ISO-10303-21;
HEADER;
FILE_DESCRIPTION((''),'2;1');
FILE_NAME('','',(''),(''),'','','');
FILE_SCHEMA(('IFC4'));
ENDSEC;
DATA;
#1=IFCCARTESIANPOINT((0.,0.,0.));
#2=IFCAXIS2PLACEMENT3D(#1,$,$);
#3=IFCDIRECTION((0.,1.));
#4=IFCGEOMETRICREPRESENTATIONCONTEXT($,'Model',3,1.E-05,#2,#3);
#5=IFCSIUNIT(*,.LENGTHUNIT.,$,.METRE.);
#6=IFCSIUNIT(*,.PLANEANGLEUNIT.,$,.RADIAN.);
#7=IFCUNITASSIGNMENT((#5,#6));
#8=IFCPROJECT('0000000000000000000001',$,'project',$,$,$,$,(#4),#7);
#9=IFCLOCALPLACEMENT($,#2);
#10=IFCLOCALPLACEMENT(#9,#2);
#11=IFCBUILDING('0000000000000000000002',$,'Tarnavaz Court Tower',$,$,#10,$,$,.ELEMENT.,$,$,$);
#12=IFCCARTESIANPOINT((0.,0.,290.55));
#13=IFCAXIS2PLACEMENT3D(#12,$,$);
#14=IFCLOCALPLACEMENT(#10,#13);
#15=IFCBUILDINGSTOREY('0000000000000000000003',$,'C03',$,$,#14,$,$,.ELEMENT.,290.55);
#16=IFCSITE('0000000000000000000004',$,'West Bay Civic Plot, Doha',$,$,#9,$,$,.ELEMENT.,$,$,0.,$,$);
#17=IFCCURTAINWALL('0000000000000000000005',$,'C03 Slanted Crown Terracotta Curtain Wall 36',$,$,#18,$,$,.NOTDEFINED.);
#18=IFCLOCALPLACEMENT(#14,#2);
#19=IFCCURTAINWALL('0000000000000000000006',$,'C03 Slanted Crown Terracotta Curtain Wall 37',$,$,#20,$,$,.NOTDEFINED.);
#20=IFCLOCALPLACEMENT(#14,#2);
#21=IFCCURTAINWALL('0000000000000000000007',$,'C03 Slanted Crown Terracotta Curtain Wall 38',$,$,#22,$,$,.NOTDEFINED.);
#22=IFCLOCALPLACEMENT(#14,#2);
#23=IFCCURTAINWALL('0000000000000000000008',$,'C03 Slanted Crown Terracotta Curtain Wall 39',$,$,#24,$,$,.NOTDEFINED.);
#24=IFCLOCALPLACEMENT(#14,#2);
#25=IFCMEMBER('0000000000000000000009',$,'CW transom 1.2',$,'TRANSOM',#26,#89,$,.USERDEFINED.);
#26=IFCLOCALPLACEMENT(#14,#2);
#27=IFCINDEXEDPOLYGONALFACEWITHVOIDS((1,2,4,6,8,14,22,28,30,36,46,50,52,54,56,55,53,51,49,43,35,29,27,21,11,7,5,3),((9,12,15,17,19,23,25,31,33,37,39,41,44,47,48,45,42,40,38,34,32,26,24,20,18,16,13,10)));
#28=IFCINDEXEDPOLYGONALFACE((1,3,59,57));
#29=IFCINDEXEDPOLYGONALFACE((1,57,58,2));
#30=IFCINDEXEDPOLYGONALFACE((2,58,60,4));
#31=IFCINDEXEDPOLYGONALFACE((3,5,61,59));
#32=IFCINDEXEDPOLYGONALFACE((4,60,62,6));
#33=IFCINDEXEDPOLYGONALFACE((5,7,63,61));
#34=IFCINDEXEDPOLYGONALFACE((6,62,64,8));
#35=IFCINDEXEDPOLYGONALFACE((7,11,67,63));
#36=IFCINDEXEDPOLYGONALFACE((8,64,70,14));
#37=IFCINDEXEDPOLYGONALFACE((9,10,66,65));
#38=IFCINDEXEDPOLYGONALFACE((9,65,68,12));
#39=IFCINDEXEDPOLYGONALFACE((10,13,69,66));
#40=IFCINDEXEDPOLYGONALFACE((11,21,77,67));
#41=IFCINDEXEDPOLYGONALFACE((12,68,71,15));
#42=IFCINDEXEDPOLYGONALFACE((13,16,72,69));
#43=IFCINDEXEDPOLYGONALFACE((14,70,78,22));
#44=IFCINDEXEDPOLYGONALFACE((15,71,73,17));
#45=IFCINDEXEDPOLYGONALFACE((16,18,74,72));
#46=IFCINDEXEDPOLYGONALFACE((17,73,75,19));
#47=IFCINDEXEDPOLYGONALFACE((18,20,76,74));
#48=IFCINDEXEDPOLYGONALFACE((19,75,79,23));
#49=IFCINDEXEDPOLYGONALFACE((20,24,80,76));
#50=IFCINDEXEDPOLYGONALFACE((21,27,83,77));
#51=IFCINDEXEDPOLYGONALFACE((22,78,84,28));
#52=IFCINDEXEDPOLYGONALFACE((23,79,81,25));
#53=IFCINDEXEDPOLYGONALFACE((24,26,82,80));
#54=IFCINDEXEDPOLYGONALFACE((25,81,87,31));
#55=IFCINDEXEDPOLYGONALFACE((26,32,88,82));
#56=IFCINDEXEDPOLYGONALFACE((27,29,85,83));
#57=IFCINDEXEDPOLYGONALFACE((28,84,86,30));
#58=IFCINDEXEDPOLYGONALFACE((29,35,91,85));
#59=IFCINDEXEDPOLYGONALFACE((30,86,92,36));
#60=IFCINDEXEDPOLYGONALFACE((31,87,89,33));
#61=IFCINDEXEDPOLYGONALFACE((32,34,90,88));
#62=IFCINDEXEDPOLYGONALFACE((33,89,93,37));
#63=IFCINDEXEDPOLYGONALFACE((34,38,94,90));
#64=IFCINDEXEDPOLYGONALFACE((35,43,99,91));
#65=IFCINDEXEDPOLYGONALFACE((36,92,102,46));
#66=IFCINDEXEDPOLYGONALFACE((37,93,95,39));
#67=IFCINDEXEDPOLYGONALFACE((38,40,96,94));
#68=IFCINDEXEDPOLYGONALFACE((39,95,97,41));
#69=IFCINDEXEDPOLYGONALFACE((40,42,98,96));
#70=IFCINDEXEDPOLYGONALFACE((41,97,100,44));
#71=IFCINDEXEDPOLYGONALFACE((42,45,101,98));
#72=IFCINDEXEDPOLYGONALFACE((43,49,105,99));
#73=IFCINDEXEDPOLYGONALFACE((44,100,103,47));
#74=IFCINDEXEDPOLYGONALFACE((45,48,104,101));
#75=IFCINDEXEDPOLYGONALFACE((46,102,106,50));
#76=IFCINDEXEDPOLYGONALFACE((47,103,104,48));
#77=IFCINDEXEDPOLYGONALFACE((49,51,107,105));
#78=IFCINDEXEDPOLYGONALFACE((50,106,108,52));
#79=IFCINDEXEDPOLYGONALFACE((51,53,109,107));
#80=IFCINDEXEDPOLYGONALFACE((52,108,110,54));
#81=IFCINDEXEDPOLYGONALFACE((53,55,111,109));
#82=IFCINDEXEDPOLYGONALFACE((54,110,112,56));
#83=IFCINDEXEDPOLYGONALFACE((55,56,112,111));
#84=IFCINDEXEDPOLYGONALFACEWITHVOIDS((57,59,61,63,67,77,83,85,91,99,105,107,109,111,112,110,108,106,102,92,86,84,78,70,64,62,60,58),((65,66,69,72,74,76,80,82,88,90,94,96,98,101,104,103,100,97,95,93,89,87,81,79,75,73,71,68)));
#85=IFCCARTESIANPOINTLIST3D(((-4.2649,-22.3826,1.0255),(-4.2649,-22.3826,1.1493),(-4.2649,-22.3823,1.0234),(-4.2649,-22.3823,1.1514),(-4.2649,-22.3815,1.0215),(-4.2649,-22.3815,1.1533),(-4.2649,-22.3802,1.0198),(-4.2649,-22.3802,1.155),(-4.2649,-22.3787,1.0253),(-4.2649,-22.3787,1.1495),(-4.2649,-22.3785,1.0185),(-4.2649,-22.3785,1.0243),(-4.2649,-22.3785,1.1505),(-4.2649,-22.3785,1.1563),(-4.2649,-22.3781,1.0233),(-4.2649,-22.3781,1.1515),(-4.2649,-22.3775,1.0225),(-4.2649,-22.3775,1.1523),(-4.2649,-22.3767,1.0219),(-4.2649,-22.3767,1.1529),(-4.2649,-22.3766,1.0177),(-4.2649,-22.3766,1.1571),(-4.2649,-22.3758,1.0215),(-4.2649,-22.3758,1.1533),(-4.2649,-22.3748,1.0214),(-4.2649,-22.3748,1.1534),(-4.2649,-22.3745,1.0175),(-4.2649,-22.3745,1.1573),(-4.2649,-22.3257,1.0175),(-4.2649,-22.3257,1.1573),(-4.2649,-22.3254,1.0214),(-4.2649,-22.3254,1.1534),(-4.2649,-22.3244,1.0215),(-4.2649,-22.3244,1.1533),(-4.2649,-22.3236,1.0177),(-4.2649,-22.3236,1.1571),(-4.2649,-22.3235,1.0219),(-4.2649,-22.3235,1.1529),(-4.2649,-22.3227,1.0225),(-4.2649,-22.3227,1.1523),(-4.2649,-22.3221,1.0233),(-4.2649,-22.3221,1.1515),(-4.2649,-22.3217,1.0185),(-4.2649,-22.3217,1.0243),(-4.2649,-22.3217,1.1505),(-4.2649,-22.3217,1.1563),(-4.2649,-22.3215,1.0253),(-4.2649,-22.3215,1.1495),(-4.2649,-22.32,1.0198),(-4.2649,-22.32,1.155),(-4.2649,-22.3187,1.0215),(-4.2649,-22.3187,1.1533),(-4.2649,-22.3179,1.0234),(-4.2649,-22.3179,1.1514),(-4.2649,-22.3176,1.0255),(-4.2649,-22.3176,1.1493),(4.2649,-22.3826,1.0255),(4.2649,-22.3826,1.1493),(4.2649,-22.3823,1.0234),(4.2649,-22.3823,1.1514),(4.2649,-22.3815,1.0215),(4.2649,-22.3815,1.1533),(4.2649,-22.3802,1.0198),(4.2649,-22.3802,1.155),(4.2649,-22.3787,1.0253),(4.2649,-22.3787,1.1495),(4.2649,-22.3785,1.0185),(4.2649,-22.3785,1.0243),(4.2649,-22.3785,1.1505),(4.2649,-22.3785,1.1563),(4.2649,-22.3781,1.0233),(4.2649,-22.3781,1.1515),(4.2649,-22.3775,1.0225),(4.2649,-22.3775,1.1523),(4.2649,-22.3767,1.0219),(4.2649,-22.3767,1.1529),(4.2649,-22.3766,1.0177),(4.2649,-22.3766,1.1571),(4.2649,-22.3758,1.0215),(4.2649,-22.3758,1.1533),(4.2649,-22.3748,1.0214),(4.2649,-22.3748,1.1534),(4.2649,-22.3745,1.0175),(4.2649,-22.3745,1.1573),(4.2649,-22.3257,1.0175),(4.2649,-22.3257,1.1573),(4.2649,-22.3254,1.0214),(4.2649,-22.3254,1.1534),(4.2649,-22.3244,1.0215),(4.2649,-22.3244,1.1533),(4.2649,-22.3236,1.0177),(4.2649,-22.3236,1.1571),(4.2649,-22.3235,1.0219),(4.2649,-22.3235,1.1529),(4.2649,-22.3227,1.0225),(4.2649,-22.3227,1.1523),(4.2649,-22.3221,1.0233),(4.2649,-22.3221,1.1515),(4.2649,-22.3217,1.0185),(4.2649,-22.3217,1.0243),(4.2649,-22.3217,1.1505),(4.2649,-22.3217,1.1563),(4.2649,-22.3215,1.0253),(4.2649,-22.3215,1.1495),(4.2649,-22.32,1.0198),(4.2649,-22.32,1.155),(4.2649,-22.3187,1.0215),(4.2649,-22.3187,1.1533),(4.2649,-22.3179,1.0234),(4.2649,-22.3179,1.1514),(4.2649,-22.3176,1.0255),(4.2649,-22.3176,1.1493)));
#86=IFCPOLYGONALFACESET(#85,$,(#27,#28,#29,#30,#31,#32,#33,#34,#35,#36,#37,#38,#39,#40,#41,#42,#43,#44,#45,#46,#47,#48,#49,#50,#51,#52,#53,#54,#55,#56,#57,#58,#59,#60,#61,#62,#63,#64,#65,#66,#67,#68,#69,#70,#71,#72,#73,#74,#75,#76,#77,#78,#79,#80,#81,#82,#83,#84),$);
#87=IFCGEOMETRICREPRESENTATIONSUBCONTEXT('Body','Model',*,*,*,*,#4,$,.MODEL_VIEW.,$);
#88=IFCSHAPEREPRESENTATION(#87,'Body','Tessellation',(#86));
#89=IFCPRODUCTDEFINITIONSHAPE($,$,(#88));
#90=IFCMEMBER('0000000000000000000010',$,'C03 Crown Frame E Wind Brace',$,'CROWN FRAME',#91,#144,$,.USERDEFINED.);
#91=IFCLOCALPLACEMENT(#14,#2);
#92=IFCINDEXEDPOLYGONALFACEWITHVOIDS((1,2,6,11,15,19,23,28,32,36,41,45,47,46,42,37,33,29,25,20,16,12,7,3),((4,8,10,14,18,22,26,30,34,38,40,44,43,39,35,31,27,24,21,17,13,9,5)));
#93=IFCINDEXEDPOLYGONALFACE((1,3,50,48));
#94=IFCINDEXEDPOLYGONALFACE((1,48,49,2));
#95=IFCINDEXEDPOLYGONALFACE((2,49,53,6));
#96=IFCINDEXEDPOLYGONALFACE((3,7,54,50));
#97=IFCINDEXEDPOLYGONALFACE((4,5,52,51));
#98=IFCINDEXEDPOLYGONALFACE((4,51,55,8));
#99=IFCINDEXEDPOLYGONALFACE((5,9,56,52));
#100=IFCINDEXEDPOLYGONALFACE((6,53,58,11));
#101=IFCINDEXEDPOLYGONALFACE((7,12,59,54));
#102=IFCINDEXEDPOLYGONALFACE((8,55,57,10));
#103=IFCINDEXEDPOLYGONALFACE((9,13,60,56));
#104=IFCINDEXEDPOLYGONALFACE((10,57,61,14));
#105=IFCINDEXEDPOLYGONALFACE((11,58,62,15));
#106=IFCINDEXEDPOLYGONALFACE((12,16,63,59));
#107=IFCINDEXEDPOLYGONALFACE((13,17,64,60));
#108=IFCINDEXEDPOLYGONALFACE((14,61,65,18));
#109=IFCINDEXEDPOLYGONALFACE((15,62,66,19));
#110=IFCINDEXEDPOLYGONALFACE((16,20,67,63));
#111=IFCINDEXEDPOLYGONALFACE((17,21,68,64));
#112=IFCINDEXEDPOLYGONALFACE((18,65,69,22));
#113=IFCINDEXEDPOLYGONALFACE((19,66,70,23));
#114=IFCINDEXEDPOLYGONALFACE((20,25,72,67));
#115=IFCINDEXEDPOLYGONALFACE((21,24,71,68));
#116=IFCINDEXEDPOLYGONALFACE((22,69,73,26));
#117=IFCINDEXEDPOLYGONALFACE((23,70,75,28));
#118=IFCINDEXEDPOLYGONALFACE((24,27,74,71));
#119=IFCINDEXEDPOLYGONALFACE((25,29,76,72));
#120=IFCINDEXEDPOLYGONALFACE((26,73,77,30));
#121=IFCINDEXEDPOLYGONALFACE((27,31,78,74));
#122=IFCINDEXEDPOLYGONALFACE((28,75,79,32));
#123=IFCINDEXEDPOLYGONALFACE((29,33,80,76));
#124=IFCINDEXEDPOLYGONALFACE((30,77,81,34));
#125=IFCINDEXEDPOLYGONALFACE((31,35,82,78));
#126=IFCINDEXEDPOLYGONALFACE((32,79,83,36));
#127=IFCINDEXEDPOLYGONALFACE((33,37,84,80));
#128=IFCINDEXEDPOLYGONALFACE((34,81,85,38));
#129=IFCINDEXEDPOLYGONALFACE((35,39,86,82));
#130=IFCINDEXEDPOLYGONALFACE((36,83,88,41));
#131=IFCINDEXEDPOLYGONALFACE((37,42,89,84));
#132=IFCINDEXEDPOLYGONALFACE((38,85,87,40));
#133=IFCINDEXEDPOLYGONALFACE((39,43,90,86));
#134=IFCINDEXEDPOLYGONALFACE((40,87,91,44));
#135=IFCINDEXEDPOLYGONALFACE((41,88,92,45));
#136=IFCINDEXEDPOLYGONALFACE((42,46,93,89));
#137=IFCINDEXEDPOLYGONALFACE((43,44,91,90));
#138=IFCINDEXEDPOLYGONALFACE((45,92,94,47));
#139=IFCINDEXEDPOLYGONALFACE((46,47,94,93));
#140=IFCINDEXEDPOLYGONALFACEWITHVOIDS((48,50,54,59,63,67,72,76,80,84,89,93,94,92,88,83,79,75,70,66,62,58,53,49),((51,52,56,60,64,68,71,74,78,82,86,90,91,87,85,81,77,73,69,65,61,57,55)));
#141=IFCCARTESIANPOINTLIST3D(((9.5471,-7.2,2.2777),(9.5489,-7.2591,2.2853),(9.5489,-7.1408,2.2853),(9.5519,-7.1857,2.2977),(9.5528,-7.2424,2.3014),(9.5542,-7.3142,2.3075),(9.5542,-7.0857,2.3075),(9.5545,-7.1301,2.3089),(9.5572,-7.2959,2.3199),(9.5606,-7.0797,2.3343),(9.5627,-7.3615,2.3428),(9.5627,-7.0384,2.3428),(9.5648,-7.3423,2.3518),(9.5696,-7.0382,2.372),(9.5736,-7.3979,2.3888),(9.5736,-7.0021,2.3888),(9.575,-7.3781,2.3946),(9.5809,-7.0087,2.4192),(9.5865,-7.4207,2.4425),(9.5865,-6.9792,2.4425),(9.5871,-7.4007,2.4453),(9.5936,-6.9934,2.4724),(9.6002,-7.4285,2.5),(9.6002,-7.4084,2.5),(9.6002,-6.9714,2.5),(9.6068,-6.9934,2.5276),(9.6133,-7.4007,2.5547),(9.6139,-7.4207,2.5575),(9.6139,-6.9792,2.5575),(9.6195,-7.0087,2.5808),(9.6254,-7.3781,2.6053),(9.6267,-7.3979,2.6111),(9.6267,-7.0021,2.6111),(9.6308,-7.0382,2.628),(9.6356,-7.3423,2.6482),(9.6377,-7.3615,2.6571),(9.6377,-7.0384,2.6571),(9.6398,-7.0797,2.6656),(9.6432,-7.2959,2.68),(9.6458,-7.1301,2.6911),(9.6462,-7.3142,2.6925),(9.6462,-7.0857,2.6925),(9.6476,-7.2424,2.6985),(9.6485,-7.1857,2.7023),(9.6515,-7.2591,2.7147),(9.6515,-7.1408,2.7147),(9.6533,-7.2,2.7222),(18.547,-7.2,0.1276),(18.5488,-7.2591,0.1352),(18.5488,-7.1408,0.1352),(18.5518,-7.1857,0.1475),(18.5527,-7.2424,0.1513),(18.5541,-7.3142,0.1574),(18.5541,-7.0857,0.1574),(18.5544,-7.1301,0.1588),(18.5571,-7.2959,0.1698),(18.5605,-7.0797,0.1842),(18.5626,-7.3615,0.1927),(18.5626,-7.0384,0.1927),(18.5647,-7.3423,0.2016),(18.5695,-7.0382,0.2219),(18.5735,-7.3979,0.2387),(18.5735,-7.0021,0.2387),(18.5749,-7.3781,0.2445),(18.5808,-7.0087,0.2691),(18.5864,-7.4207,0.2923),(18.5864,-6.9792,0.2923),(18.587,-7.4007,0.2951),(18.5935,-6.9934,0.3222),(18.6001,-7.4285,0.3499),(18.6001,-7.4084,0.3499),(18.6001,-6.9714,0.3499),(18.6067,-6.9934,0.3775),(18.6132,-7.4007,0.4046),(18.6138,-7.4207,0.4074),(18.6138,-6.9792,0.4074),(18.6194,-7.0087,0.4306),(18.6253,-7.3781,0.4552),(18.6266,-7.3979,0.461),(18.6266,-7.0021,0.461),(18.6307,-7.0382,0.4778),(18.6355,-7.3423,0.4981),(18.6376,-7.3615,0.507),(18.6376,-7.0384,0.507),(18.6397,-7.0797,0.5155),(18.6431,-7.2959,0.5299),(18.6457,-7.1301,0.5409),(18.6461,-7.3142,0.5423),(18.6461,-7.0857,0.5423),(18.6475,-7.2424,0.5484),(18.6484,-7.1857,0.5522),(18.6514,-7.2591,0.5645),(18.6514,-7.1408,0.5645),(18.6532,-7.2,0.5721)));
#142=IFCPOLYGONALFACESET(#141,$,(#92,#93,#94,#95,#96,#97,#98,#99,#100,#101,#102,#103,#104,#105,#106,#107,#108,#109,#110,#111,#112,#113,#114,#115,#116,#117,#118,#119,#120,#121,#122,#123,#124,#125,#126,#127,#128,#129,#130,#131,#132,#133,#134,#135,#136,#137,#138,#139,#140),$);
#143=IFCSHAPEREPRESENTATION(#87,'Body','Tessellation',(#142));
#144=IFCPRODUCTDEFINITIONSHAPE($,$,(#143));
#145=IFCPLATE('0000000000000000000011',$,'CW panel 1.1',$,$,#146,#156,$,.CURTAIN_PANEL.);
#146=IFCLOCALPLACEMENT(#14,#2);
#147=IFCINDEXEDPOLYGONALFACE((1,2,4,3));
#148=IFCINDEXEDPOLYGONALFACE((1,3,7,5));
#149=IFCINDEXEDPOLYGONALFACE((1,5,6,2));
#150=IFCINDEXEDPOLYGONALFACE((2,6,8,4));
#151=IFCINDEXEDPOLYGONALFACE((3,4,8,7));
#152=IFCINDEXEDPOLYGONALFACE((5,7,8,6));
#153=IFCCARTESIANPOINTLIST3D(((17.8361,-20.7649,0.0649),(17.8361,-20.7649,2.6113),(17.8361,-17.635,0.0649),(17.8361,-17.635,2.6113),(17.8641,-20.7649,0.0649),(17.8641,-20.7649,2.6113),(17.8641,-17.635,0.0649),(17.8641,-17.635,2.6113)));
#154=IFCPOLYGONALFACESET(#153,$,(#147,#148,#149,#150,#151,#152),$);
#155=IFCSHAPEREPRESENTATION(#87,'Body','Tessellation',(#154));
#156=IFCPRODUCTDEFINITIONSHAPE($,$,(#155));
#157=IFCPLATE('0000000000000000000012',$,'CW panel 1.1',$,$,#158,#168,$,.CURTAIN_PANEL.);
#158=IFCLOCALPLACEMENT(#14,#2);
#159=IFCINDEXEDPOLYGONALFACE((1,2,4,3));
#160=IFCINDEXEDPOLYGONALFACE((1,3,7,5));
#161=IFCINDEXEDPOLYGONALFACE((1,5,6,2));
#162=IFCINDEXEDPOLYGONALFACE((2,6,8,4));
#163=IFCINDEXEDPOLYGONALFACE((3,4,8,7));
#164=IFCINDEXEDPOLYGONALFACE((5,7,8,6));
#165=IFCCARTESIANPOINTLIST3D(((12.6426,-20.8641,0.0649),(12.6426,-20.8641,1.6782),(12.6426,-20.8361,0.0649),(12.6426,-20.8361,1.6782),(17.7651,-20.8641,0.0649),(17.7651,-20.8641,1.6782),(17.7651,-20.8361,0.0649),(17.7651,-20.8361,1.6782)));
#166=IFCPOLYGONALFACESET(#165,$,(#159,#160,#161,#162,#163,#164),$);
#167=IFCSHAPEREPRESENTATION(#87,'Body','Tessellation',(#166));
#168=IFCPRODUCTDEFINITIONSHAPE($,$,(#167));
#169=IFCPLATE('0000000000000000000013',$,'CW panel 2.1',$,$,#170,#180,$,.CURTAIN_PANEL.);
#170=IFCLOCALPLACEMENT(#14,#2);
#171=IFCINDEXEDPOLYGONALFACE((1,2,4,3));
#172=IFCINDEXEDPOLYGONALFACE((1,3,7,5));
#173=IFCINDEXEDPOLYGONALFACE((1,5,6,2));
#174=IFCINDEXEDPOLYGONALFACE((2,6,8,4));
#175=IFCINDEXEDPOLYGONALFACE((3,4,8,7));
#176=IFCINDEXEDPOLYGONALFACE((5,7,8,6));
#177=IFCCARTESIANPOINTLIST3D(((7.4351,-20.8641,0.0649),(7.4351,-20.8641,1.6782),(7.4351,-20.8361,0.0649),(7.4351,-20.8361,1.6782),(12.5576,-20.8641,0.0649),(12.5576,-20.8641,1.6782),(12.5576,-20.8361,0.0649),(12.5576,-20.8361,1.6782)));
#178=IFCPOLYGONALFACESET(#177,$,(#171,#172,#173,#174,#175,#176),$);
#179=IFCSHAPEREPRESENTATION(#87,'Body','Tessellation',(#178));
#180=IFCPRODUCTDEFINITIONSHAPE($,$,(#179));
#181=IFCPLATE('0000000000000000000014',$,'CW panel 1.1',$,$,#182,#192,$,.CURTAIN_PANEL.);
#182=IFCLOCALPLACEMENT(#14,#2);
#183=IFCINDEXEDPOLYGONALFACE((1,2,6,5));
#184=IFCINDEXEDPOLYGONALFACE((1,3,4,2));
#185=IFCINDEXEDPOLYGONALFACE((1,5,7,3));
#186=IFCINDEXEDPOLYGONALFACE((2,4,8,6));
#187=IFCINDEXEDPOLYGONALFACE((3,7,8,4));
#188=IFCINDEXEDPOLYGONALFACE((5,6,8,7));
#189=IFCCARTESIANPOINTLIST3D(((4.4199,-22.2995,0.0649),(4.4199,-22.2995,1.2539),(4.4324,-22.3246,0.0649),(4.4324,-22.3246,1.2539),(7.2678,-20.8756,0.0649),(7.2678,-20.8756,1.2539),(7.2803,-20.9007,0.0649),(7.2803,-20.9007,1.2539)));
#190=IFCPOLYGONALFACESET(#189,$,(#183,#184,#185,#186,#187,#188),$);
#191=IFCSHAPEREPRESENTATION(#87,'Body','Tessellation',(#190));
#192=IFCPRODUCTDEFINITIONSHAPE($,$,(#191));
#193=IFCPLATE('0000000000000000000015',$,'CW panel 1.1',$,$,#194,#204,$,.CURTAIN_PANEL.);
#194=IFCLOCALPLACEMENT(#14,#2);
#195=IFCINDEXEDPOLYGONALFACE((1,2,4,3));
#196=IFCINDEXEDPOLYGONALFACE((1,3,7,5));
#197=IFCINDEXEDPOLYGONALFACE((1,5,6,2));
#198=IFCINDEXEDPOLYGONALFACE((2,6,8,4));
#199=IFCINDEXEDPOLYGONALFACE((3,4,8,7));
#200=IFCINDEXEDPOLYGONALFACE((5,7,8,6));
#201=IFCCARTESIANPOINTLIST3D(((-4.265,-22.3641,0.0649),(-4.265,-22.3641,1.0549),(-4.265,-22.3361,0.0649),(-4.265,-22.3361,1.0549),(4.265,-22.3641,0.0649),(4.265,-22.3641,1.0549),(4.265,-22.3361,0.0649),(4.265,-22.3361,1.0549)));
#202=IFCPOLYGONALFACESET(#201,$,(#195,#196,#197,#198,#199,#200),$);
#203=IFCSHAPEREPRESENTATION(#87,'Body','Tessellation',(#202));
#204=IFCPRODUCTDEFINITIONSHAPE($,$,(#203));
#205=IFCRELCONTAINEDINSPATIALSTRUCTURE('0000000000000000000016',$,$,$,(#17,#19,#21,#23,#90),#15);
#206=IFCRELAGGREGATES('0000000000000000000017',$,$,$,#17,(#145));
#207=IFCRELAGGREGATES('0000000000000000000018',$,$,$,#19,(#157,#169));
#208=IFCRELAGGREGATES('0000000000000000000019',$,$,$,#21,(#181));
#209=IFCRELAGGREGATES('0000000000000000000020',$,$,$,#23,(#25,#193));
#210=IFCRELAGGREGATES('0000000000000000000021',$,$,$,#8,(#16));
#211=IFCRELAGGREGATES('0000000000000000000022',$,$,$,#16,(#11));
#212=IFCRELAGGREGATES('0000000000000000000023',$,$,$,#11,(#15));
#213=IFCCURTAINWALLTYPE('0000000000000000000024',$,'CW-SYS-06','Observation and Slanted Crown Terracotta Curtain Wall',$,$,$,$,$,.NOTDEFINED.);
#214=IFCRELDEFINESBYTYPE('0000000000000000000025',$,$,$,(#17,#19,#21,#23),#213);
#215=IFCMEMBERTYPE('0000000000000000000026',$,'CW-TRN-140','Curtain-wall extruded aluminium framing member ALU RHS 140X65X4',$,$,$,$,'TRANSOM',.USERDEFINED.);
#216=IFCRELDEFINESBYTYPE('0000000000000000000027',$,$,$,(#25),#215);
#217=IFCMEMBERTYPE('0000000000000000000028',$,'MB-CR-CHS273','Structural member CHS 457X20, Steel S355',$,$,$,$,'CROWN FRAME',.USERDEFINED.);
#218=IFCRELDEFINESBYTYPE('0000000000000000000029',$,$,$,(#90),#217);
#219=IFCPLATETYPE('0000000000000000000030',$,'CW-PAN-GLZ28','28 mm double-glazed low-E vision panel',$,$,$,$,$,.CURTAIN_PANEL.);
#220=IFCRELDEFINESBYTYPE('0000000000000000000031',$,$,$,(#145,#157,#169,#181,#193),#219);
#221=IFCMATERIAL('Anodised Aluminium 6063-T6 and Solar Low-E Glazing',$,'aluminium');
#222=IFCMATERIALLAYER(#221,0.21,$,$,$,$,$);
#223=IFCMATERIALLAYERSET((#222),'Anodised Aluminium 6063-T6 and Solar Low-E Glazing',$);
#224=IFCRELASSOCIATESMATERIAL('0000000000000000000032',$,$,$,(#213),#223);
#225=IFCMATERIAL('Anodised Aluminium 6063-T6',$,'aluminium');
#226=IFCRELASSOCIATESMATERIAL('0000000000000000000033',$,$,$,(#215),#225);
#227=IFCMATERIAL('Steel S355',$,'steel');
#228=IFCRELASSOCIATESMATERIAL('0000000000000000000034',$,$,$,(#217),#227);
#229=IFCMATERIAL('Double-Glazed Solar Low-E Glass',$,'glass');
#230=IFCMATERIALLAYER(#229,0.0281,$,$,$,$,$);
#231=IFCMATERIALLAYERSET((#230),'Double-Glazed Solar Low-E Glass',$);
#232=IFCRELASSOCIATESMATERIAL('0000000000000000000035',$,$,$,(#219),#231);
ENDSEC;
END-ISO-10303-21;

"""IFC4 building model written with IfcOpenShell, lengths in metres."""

from ifc_helpers import new_model, si_unit, direction, frame, origin, origin_2d, place, context, subcontext, project, spatial, rectangle, hollow_rectangle, hollow_circle, extrude, material, layer, layer_set, material_profile, profile_set, type_object, element, aggregate, save


model = new_model("IFC4")

# Units and contexts
model_context = context("Model", 3, precision=1e-05, world=origin(), true_north=direction((0.0, 1.0)))
body_context = subcontext(model_context, "Body", "Model", "MODEL_VIEW")
ifc_project = project(units=[si_unit("LENGTHUNIT", "METRE"), si_unit("PLANEANGLEUNIT", "RADIAN")], contexts=[model_context])

# Site, building, storey
site_placement = place(None, origin())
site = spatial("IfcSite", under=ifc_project, at=site_placement, Name="West Bay Civic Plot, Doha", CompositionType="ELEMENT", RefElevation=0.0)
building_placement = place(site_placement, origin())
building = spatial("IfcBuilding", under=site, at=building_placement, Name="Tarnavaz Court Tower", CompositionType="ELEMENT")
storey_placement = place(building_placement, frame((0.0, 0.0, 290.55)))
storey = spatial("IfcBuildingStorey", under=building, at=storey_placement, Name="C03", CompositionType="ELEMENT", Elevation=290.55)

# Shared definitions
ifc_material_1 = material(Name="Steel S355", Category="steel")

# Shared definitions
ifc_material_2 = material(Name="Anodised Aluminium 6063-T6 and Solar Low-E Glazing", Category="aluminium")
ifc_layer_1 = layer(ifc_material_2, 0.21)
ifc_layer_set_1 = layer_set([ifc_layer_1], Name="Anodised Aluminium 6063-T6 and Solar Low-E Glazing")
curtain_wall_type = type_object("IfcCurtainWallType", Name="CW-SYS-06", Description="Observation and Slanted Crown Terracotta Curtain Wall", PredefinedType="NOTDEFINED", material=ifc_layer_set_1)
ifc_material_3 = material(Name="Anodised Aluminium 6063-T6", Category="aluminium")

# Curtain walls
curtain_wall_1_placement = place(storey_placement, origin())
curtain_wall_1 = element("IfcCurtainWall", 1, at=curtain_wall_1_placement, inside=storey, type_object=curtain_wall_type, Name="C03 Slanted Crown Terracotta Curtain Wall 36", PredefinedType="NOTDEFINED")
curtain_wall_2_placement = place(storey_placement, origin())
curtain_wall_2 = element("IfcCurtainWall", 2, at=curtain_wall_2_placement, inside=storey, type_object=curtain_wall_type, Name="C03 Slanted Crown Terracotta Curtain Wall 37", PredefinedType="NOTDEFINED")
curtain_wall_3_placement = place(storey_placement, origin())
curtain_wall_3 = element("IfcCurtainWall", 3, at=curtain_wall_3_placement, inside=storey, type_object=curtain_wall_type, Name="C03 Slanted Crown Terracotta Curtain Wall 38", PredefinedType="NOTDEFINED")

# Curtain wall
curtain_wall_4_placement = place(storey_placement, origin())
curtain_wall_4 = element("IfcCurtainWall", 4, at=curtain_wall_4_placement, inside=storey, type_object=curtain_wall_type, Name="C03 Slanted Crown Terracotta Curtain Wall 39", PredefinedType="NOTDEFINED")

# Members
ifc_material_profile_1 = material_profile(ifc_material_3, hollow_rectangle(XDim=0.0649, YDim=0.1399, WallThickness=0.0039, InnerFilletRadius=0.0039, OuterFilletRadius=0.0081, at=origin_2d()), Name="ALU RHS 140X65X4")
ifc_profile_set_1 = profile_set([ifc_material_profile_1], Name="Anodised Aluminium 6063-T6")
member_type_1 = type_object("IfcMemberType", Name="CW-TRN-140", Description="Curtain-wall extruded aluminium framing member ALU RHS 140X65X4", ElementType="TRANSOM", PredefinedType="USERDEFINED", material=ifc_profile_set_1)
member_1_placement = place(storey_placement, frame((4.2649, -22.3501, 1.0874), z_axis=(-1.0, 0.0, 0.0), x_axis=(0.0, -1.0, 0.0)))
member_1 = element("IfcMember", 5, at=member_1_placement, type_object=member_type_1, Name="CW transom 1.2", ObjectType="TRANSOM", PredefinedType="USERDEFINED", context=body_context, shape_type="SweptSolid", body=[
    extrude(hollow_rectangle(XDim=0.0649, YDim=0.1399, WallThickness=0.0039, InnerFilletRadius=0.0039, OuterFilletRadius=0.0081, at=origin_2d()), origin(), (0.0, 0.0, 1.0), 8.5298),
])
ifc_material_profile_2 = material_profile(ifc_material_1, hollow_circle(Radius=0.2285, WallThickness=0.02, at=origin_2d()), Name="CHS 457X20")
ifc_profile_set_2 = profile_set([ifc_material_profile_2], Name="Steel S355")
member_type_2 = type_object("IfcMemberType", Name="MB-CR-CHS273", Description="Structural member CHS 457X20, Steel S355", ElementType="CROWN FRAME", PredefinedType="USERDEFINED", material=ifc_profile_set_2)
member_2_placement = place(storey_placement, frame((18.6001, -7.2, 0.3499), z_axis=(-0.972628, 0.0, 0.232366), x_axis=(0.0, -1.0, 0.0)))
element("IfcMember", 6, at=member_2_placement, inside=storey, type_object=member_type_2, Name="C03 Crown Frame E Wind Brace", ObjectType="CROWN FRAME", PredefinedType="USERDEFINED", context=body_context, shape_type="SweptSolid", body=[
    extrude(hollow_circle(Radius=0.2285, WallThickness=0.02, at=origin_2d()), origin(), (0.0, 0.0, 1.0), 9.2532),
])

# Plates
ifc_material_4 = material(Name="Double-Glazed Solar Low-E Glass", Category="glass")
ifc_layer_2 = layer(ifc_material_4, 0.0281)
ifc_layer_set_2 = layer_set([ifc_layer_2], Name="Double-Glazed Solar Low-E Glass")
plate_type_1 = type_object("IfcPlateType", Name="CW-PAN-GLZ28", Description="28 mm double-glazed low-E vision panel", PredefinedType="CURTAIN_PANEL", material=ifc_layer_set_2)
plate_1_placement = place(storey_placement, frame((17.8501, -19.2, 0.0649), z_axis=(0.0, 0.0, 1.0), x_axis=(0.0, -1.0, 0.0)))
plate_1 = element("IfcPlate", 7, at=plate_1_placement, type_object=plate_type_1, Name="CW panel 1.1", PredefinedType="CURTAIN_PANEL", context=body_context, shape_type="SweptSolid", body=[
    extrude(rectangle(XDim=3.1299, YDim=0.0281, at=origin_2d()), origin(), (0.0, 0.0, 1.0), 2.5464),
])
aggregate(curtain_wall_1, [plate_1])
plate_2_placement = place(storey_placement, frame((15.2039, -20.8501, 0.0649), z_axis=(0.0, 0.0, 1.0), x_axis=(-1.0, 0.0, 0.0)))
plate_2 = element("IfcPlate", 8, at=plate_2_placement, type_object=plate_type_1, Name="CW panel 1.1", PredefinedType="CURTAIN_PANEL", context=body_context, shape_type="SweptSolid", body=[
    extrude(rectangle(XDim=5.1226, YDim=0.0281, at=origin_2d()), origin(), (0.0, 0.0, 1.0), 1.6133),
])
plate_3_placement = place(storey_placement, frame((9.9963, -20.8501, 0.0649), z_axis=(0.0, 0.0, 1.0), x_axis=(-1.0, 0.0, 0.0)))
plate_3 = element("IfcPlate", 9, at=plate_3_placement, type_object=plate_type_1, Name="CW panel 2.1", PredefinedType="CURTAIN_PANEL", context=body_context, shape_type="SweptSolid", body=[
    extrude(rectangle(XDim=5.1226, YDim=0.0281, at=origin_2d()), origin(), (0.0, 0.0, 1.0), 1.6133),
])
aggregate(curtain_wall_2, [plate_2, plate_3])
plate_4_placement = place(storey_placement, frame((5.8501, -21.6001, 0.0649), z_axis=(0.0, 0.0, 1.0), x_axis=(-0.894427, -0.447214, 0.0)))
plate_4 = element("IfcPlate", 10, at=plate_4_placement, type_object=plate_type_1, Name="CW panel 1.1", PredefinedType="CURTAIN_PANEL", context=body_context, shape_type="SweptSolid", body=[
    extrude(rectangle(XDim=3.1841, YDim=0.0281, at=origin_2d()), origin(), (0.0, 0.0, 1.0), 1.189),
])
aggregate(curtain_wall_3, [plate_4])
plate_5_placement = place(storey_placement, frame((0.0, -22.3501, 0.0649), z_axis=(0.0, 0.0, 1.0), x_axis=(-1.0, 0.0, 0.0)))
plate_5 = element("IfcPlate", 11, at=plate_5_placement, type_object=plate_type_1, Name="CW panel 1.1", PredefinedType="CURTAIN_PANEL", context=body_context, shape_type="SweptSolid", body=[
    extrude(rectangle(XDim=8.53, YDim=0.0281, at=origin_2d()), origin(), (0.0, 0.0, 1.0), 0.99),
])
aggregate(curtain_wall_4, [member_1, plate_5])

save(model, "model.ifc")
